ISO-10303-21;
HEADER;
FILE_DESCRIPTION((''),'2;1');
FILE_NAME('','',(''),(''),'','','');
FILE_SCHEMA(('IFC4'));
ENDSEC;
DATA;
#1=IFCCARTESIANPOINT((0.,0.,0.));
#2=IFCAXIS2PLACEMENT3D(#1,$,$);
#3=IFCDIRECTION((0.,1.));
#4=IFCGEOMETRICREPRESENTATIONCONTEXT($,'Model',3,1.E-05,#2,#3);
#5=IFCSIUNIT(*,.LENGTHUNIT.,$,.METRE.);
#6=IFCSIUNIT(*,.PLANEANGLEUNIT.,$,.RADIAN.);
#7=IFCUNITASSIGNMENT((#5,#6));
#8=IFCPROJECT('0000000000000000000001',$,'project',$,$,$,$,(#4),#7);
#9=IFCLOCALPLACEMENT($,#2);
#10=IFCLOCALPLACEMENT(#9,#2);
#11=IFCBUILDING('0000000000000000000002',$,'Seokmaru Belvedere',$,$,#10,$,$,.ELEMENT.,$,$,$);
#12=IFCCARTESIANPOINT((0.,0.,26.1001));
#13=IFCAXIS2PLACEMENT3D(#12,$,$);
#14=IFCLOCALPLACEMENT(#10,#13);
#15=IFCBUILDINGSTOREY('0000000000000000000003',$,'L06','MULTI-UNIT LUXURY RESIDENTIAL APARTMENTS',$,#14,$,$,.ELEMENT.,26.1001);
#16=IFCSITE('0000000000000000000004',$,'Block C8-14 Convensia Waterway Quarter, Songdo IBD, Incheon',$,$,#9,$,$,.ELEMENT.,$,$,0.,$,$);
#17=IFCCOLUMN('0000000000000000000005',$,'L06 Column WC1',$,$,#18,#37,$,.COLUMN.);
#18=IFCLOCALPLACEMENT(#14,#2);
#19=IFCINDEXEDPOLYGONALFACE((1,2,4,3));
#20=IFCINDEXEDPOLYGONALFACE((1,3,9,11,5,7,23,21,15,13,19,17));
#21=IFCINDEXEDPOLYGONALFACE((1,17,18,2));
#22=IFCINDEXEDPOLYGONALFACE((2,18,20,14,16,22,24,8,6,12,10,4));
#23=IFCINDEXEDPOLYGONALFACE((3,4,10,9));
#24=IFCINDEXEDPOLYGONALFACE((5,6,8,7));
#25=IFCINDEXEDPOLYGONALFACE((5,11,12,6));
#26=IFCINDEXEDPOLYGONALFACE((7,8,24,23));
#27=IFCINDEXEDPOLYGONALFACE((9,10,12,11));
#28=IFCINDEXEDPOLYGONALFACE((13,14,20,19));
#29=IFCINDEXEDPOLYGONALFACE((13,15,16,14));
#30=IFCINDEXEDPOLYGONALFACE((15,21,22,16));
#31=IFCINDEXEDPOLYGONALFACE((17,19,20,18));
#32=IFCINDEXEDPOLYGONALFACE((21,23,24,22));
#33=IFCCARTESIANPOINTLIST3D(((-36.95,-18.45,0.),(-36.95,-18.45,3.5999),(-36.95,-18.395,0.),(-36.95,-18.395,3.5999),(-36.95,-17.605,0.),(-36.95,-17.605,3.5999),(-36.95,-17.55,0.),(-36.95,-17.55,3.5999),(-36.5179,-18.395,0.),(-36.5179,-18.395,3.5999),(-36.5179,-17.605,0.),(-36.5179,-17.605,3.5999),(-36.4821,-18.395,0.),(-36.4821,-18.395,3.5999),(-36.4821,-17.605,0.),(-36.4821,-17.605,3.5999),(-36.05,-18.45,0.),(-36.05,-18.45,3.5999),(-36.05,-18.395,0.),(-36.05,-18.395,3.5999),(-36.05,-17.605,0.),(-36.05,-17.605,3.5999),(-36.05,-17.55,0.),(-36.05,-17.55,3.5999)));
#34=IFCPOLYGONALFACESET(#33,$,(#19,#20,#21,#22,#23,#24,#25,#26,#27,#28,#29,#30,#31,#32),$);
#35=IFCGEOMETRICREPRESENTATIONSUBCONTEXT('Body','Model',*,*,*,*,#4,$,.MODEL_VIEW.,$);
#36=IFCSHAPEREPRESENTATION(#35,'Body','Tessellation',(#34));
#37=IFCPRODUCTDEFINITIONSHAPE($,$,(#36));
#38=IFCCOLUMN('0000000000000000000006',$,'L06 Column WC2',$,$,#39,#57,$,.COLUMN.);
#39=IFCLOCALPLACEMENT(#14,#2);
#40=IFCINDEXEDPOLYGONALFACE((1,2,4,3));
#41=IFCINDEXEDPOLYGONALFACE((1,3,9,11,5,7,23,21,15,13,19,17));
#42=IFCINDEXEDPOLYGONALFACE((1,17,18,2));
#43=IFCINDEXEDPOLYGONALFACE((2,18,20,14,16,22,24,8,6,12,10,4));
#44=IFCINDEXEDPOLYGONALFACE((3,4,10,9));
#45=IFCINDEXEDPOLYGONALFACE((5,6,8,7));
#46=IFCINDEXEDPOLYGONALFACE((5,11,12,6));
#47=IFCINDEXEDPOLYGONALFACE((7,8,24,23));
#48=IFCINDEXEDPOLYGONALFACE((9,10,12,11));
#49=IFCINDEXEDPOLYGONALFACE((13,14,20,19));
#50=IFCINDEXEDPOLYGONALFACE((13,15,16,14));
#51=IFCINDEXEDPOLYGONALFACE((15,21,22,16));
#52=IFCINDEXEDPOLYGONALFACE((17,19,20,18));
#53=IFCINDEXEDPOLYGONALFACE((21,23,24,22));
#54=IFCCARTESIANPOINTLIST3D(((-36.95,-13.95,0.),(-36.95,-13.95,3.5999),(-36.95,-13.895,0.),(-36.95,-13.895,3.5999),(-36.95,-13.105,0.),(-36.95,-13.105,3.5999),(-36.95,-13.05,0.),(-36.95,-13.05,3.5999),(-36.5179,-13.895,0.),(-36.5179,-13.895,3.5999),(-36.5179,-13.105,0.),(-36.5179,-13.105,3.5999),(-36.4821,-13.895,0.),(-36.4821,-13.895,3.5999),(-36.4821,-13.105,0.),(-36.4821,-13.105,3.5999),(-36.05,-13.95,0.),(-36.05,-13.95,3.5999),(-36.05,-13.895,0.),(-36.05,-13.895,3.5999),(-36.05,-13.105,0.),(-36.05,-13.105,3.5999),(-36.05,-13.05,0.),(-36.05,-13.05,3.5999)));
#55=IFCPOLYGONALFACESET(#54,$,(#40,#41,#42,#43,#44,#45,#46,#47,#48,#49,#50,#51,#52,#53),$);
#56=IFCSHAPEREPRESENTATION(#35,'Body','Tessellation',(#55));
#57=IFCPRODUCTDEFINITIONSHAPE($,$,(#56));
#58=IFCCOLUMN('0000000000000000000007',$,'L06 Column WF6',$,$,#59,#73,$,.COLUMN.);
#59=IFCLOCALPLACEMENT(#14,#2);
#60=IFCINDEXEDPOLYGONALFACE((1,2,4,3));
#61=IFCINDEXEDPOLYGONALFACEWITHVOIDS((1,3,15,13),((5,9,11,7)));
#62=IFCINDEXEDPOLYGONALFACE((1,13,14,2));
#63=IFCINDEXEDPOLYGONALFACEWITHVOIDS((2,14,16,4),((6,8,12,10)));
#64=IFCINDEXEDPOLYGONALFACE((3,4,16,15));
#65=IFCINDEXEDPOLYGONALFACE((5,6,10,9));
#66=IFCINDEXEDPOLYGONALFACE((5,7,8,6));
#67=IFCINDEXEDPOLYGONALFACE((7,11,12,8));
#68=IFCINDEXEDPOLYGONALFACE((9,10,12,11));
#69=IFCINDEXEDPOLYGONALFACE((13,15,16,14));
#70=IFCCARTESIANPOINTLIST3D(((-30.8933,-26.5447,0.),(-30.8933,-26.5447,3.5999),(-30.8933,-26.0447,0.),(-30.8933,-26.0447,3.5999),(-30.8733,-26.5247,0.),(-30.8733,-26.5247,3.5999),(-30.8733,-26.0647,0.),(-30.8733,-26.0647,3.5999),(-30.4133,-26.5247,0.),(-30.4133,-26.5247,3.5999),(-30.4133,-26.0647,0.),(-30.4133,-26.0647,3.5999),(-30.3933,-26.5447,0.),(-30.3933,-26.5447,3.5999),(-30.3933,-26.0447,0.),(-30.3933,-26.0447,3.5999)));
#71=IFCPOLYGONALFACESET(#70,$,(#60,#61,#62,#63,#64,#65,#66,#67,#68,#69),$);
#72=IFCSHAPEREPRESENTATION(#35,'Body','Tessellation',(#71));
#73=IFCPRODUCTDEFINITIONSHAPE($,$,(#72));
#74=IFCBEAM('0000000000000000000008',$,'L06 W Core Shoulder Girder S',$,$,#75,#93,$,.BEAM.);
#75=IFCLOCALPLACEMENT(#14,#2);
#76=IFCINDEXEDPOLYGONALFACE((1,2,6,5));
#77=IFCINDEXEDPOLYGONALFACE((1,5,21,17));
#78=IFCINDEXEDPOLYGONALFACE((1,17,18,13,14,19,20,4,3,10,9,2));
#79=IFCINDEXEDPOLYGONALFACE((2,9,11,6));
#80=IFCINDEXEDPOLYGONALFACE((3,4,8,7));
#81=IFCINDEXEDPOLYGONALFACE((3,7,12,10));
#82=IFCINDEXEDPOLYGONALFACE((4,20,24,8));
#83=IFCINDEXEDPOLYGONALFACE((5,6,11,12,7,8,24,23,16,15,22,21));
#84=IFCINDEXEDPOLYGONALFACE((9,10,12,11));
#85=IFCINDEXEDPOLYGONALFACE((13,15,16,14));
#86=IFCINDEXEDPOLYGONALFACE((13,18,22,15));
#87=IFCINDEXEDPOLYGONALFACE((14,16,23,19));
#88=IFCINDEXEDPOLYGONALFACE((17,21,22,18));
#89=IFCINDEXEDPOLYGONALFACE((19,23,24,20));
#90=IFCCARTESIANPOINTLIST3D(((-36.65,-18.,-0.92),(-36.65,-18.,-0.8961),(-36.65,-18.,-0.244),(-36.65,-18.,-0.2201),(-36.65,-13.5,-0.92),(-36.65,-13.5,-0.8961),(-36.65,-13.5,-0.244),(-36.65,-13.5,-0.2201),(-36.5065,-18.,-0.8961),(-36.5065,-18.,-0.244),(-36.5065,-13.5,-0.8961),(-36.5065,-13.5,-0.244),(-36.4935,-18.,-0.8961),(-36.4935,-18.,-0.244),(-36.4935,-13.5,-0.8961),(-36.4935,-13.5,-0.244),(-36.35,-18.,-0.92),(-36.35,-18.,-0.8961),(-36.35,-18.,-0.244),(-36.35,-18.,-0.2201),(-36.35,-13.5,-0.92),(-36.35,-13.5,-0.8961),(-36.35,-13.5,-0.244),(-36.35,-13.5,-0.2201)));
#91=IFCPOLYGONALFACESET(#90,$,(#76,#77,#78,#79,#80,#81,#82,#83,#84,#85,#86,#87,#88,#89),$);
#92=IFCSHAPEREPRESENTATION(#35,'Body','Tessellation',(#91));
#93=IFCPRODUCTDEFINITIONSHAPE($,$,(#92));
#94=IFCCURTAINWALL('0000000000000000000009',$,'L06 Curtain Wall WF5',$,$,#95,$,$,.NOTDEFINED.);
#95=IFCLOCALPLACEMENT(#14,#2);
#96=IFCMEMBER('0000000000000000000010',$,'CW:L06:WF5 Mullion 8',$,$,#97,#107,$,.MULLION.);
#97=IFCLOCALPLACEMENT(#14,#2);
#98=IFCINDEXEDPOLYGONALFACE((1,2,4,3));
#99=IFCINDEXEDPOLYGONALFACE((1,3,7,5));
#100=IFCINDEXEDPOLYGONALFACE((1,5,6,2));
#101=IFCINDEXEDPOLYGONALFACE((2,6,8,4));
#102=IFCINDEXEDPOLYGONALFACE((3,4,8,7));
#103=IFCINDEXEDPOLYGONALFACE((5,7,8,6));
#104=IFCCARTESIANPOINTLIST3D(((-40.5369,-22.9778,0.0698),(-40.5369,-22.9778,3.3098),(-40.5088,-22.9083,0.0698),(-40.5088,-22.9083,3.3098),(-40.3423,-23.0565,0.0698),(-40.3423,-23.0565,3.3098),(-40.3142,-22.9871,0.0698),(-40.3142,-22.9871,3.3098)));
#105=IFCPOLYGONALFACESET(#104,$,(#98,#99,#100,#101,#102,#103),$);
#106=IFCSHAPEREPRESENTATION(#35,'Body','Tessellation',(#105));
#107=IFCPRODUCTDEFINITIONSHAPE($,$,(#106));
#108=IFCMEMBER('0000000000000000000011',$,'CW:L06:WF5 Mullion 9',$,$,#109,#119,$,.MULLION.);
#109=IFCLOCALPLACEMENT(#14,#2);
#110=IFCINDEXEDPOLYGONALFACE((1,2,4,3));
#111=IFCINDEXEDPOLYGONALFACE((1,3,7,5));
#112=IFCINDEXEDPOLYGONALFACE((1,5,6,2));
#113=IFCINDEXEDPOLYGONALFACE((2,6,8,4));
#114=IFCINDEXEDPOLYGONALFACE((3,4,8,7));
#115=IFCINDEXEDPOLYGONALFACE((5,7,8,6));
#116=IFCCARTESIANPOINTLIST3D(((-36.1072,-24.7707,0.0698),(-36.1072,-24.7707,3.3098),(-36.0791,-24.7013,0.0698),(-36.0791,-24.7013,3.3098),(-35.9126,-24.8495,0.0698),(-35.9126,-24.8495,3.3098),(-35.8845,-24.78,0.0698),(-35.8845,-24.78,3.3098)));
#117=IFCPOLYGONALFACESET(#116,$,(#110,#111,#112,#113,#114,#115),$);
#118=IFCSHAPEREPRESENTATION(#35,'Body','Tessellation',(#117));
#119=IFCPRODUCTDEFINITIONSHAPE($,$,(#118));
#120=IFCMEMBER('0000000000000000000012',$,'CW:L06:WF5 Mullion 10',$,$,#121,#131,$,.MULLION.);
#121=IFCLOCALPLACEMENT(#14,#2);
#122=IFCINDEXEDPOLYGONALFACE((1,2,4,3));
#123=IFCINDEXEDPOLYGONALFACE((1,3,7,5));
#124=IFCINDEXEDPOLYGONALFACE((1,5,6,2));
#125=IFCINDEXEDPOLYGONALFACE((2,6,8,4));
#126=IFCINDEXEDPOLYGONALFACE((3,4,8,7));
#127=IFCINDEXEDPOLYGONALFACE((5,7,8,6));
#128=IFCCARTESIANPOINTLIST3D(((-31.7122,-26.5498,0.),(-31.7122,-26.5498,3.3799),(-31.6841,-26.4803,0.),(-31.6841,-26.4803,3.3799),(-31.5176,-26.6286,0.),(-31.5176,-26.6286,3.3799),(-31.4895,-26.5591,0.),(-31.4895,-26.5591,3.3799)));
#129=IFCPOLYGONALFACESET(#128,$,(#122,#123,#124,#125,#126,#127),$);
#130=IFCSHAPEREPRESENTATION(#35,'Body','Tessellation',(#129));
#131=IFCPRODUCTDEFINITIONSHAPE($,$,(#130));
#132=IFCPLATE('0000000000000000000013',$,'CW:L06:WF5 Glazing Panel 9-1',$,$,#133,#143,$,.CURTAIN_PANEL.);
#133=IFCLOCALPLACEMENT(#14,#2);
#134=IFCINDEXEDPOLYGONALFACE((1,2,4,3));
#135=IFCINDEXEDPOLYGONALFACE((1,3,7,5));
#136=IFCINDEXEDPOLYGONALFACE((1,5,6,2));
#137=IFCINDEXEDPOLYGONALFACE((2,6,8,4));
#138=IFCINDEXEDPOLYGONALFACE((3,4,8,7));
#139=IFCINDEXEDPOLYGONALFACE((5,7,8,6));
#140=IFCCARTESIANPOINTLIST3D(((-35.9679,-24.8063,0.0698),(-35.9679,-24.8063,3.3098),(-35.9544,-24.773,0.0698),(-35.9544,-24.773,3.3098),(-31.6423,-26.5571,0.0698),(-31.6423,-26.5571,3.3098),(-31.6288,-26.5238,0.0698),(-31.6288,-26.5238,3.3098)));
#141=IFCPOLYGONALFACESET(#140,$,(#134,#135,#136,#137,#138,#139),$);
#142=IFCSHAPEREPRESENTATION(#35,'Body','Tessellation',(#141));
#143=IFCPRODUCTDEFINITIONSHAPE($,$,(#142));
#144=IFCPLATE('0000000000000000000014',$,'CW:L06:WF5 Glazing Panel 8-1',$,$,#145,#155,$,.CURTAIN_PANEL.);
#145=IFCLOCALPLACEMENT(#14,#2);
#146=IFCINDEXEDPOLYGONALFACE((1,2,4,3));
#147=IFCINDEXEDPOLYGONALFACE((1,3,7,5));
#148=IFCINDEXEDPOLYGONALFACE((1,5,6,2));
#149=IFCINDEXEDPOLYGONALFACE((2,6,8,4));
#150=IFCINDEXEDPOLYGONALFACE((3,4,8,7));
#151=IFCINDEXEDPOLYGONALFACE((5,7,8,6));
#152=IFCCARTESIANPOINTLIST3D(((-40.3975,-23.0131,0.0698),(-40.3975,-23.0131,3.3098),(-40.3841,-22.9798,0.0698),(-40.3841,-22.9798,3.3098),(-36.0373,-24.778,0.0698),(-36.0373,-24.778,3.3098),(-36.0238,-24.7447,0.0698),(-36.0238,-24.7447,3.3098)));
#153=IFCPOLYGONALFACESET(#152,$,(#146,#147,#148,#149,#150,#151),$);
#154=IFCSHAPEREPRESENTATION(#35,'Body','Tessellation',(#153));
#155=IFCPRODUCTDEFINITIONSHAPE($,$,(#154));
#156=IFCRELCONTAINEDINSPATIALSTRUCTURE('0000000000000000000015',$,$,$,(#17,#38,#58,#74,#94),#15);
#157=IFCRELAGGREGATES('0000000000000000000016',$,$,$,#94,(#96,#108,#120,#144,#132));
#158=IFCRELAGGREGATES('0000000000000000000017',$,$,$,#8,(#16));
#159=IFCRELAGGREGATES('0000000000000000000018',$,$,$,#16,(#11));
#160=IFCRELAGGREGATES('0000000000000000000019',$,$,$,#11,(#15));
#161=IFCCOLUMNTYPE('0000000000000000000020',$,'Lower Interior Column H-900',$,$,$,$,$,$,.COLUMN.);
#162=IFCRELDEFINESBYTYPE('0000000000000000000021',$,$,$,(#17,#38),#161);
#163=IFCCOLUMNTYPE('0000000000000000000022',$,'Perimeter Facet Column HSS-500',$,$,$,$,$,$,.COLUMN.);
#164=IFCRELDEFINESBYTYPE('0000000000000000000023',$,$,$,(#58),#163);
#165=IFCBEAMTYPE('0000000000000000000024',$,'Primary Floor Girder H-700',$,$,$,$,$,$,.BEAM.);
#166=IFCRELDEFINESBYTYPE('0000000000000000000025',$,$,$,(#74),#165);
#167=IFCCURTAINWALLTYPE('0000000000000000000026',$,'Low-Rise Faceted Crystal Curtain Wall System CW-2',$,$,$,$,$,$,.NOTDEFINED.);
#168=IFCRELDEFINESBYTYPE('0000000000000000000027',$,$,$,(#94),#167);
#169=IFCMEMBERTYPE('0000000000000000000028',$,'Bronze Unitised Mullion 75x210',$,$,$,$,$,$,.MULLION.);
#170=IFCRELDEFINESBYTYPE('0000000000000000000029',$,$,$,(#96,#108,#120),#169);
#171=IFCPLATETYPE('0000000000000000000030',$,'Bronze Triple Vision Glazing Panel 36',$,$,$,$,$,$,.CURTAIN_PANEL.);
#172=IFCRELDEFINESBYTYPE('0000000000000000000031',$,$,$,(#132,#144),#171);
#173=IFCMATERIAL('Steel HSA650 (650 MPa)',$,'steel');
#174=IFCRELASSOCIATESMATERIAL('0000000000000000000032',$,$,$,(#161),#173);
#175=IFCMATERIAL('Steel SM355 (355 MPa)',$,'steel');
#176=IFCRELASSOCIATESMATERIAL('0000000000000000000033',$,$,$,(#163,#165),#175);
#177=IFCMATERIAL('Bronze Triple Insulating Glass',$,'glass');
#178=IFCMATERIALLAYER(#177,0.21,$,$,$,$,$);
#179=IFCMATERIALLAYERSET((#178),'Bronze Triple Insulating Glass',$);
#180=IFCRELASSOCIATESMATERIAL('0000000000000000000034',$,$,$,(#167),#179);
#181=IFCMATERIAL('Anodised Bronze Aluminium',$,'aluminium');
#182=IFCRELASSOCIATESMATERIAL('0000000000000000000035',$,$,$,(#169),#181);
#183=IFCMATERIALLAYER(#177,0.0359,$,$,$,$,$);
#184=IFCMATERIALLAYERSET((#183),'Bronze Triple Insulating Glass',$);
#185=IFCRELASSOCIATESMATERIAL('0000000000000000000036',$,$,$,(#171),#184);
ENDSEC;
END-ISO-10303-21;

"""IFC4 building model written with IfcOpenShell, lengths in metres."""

from ifc_helpers import new_model, si_unit, direction, frame, origin, origin_2d, place, context, subcontext, project, spatial, rectangle, hollow_rectangle, i_section, extrude, source, transform, mapped, material, layer, layer_set, material_profile, profile_set, type_object, type_shapes, element, aggregate, save


model = new_model("IFC4")

# Units and contexts
model_context = context("Model", 3, precision=1e-05, world=origin(), true_north=direction((0.0, 1.0)))
body_context = subcontext(model_context, "Body", "Model", "MODEL_VIEW")
ifc_project = project(units=[si_unit("LENGTHUNIT", "METRE"), si_unit("PLANEANGLEUNIT", "RADIAN")], contexts=[model_context])

# Site, building, storey
site_placement = place(None, origin())
site = spatial("IfcSite", under=ifc_project, at=site_placement, Name="Block C8-14 Convensia Waterway Quarter, Songdo IBD, Incheon", CompositionType="ELEMENT", RefElevation=0.0)
building_placement = place(site_placement, origin())
building = spatial("IfcBuilding", under=site, at=building_placement, Name="Seokmaru Belvedere", CompositionType="ELEMENT")
storey_placement = place(building_placement, frame((0.0, 0.0, 26.1001)))
storey = spatial("IfcBuildingStorey", under=building, at=storey_placement, Name="L06", Description="MULTI-UNIT LUXURY RESIDENTIAL APARTMENTS", CompositionType="ELEMENT", Elevation=26.1001)

# Columns
ifc_material_1 = material(Name="Steel HSA650 (650 MPa)", Category="steel")
ifc_material_profile_1 = material_profile(ifc_material_1, i_section(OverallWidth=0.8999, OverallDepth=0.8999, WebThickness=0.0359, FlangeThickness=0.0549, at=origin_2d()), Name="H-900x900x36x55")
ifc_profile_set_1 = profile_set([ifc_material_profile_1], Name="Steel HSA650 (650 MPa)")
column_type_1 = type_object("IfcColumnType", Name="Lower Interior Column H-900", PredefinedType="COLUMN", material=ifc_profile_set_1)
shared_shape_1 = source(origin(), body_context, "Body", "SweptSolid", [
    extrude(i_section(OverallWidth=0.8999, OverallDepth=0.8999, WebThickness=0.0359, FlangeThickness=0.0549, at=origin_2d()), origin(), (0.0, 0.0, 1.0), 3.5999),
])
type_shapes(column_type_1, [shared_shape_1])
for number, where, z_axis, x_axis, name in (
    (1, (-36.5, -18.0, 0.0), (0.0, 0.0, 1.0), (1.0, 0.0, 0.0), "L06 Column WC1"),
    (2, (-36.5, -13.5, 0.0), (0.0, 0.0, 1.0), (1.0, 0.0, 0.0), "L06 Column WC2"),
):
    element("IfcColumn", number, at=place(storey_placement, frame(where, z_axis=z_axis, x_axis=x_axis)), inside=storey, type_object=column_type_1, Name=name, PredefinedType="COLUMN", context=body_context, shape_type="MappedRepresentation", body=[
        mapped(shared_shape_1, transform((0.0, 0.0, 0.0), scale=1.0)),
    ])
ifc_material_2 = material(Name="Steel SM355 (355 MPa)", Category="steel")
ifc_material_profile_2 = material_profile(ifc_material_2, hollow_rectangle(XDim=0.5, YDim=0.5, WallThickness=0.02, at=origin_2d()), Name="HSS-500x500x20")
ifc_profile_set_2 = profile_set([ifc_material_profile_2], Name="Steel SM355 (355 MPa)")
column_type_2 = type_object("IfcColumnType", Name="Perimeter Facet Column HSS-500", PredefinedType="COLUMN", material=ifc_profile_set_2)
shared_shape_2 = source(origin(), body_context, "Body", "SweptSolid", [
    extrude(hollow_rectangle(XDim=0.5, YDim=0.5, WallThickness=0.02, at=origin_2d()), origin(), (0.0, 0.0, 1.0), 3.5999),
])
type_shapes(column_type_2, [shared_shape_2])
column_placement = place(storey_placement, frame((-30.6433, -26.2947, 0.0), z_axis=(0.0, 0.0, 1.0), x_axis=(1.0, 0.0, 0.0)))
element("IfcColumn", 3, at=column_placement, inside=storey, type_object=column_type_2, Name="L06 Column WF6", PredefinedType="COLUMN", context=body_context, shape_type="MappedRepresentation", body=[
    mapped(shared_shape_2, transform((0.0, 0.0, 0.0), scale=1.0)),
])

# Beam
ifc_material_profile_3 = material_profile(ifc_material_2, i_section(OverallWidth=0.3, OverallDepth=0.7, WebThickness=0.0129, FlangeThickness=0.0239, at=origin_2d()), Name="H-700x300x13x24")
ifc_profile_set_3 = profile_set([ifc_material_profile_3], Name="Steel SM355 (355 MPa)")
beam_type = type_object("IfcBeamType", Name="Primary Floor Girder H-700", PredefinedType="BEAM", material=ifc_profile_set_3)
shared_shape_3 = source(origin(), body_context, "Body", "SweptSolid", [
    extrude(i_section(OverallWidth=0.3, OverallDepth=0.7, WebThickness=0.0129, FlangeThickness=0.0239, at=origin_2d()), origin(), (0.0, 0.0, 1.0), 4.5),
])
type_shapes(beam_type, [shared_shape_3])
beam_placement = place(storey_placement, frame((-36.5, -18.0, -0.5701), z_axis=(0.0, 1.0, 0.0), x_axis=(-1.0, 0.0, 0.0)))
element("IfcBeam", 4, at=beam_placement, inside=storey, type_object=beam_type, Name="L06 W Core Shoulder Girder S", PredefinedType="BEAM", context=body_context, shape_type="MappedRepresentation", body=[
    mapped(shared_shape_3, transform((0.0, 0.0, 0.0), scale=1.0)),
])

# Curtain wall, members, plates
ifc_material_3 = material(Name="Bronze Triple Insulating Glass", Category="glass")
ifc_layer_1 = layer(ifc_material_3, 0.21)
ifc_layer_set_1 = layer_set([ifc_layer_1], Name="Bronze Triple Insulating Glass")
curtain_wall_type = type_object("IfcCurtainWallType", Name="Low-Rise Faceted Crystal Curtain Wall System CW-2", PredefinedType="NOTDEFINED", material=ifc_layer_set_1)
curtain_wall_placement = place(storey_placement, origin())
curtain_wall = element("IfcCurtainWall", 5, at=curtain_wall_placement, inside=storey, type_object=curtain_wall_type, Name="L06 Curtain Wall WF5", PredefinedType="NOTDEFINED")
ifc_material_4 = material(Name="Anodised Bronze Aluminium", Category="aluminium")
ifc_material_profile_4 = material_profile(ifc_material_4, rectangle(XDim=0.075, YDim=0.21, at=origin_2d()), Name="CW-M-75x210")
ifc_profile_set_4 = profile_set([ifc_material_profile_4], Name="Anodised Bronze Aluminium")
member_type = type_object("IfcMemberType", Name="Bronze Unitised Mullion 75x210", PredefinedType="MULLION", material=ifc_profile_set_4)
shared_shape_4 = source(origin(), body_context, "Body", "SweptSolid", [
    extrude(rectangle(XDim=0.075, YDim=0.21, at=origin_2d()), origin(), (0.0, 0.0, 1.0), 3.24),
])
member_1_placement = place(storey_placement, frame((-40.4255, -22.9824, 0.0698), z_axis=(0.0, 0.0, 1.0), x_axis=(0.375192, 0.926947, 0.0)))
member_1 = element("IfcMember", 6, at=member_1_placement, type_object=member_type, Name="CW:L06:WF5 Mullion 8", PredefinedType="MULLION", context=body_context, shape_type="MappedRepresentation", body=[
    mapped(shared_shape_4, transform((0.0, 0.0, 0.0), scale=1.0)),
])
member_2_placement = place(storey_placement, frame((-35.9958, -24.7754, 0.0698), z_axis=(0.0, 0.0, 1.0), x_axis=(0.375192, 0.926947, 0.0)))
member_2 = element("IfcMember", 7, at=member_2_placement, type_object=member_type, Name="CW:L06:WF5 Mullion 9", PredefinedType="MULLION", context=body_context, shape_type="MappedRepresentation", body=[
    mapped(shared_shape_4, transform((0.0, 0.0, 0.0), scale=1.0)),
])
shared_shape_5 = source(origin(), body_context, "Body", "SweptSolid", [
    extrude(rectangle(XDim=0.075, YDim=0.21, at=origin_2d()), origin(), (0.0, 0.0, 1.0), 3.3799),
])
type_shapes(member_type, [shared_shape_4, shared_shape_5])
member_3_placement = place(storey_placement, frame((-31.6008, -26.5544, 0.0), z_axis=(0.0, 0.0, 1.0), x_axis=(0.375192, 0.926947, 0.0)))
member_3 = element("IfcMember", 8, at=member_3_placement, type_object=member_type, Name="CW:L06:WF5 Mullion 10", PredefinedType="MULLION", context=body_context, shape_type="MappedRepresentation", body=[
    mapped(shared_shape_5, transform((0.0, 0.0, 0.0), scale=1.0)),
])
ifc_layer_2 = layer(ifc_material_3, 0.0359)
ifc_layer_set_2 = layer_set([ifc_layer_2], Name="Bronze Triple Insulating Glass")
plate_type = type_object("IfcPlateType", Name="Bronze Triple Vision Glazing Panel 36", PredefinedType="CURTAIN_PANEL", material=ifc_layer_set_2)
shared_shape_6 = source(origin(), body_context, "Body", "SweptSolid", [
    extrude(rectangle(XDim=4.6665, YDim=0.0359, at=origin_2d()), origin(), (0.0, 0.0, 1.0), 3.24),
])
plate_1_placement = place(storey_placement, frame((-33.7983, -25.665, 0.0698), z_axis=(0.0, 0.0, 1.0), x_axis=(0.926947, -0.375192, 0.0)))
plate_1 = element("IfcPlate", 9, at=plate_1_placement, type_object=plate_type, Name="CW:L06:WF5 Glazing Panel 9-1", PredefinedType="CURTAIN_PANEL", context=body_context, shape_type="MappedRepresentation", body=[
    mapped(shared_shape_6, transform((0.0, 0.0, 0.0), scale=1.0)),
])
shared_shape_7 = source(origin(), body_context, "Body", "SweptSolid", [
    extrude(rectangle(XDim=4.7039, YDim=0.0359, at=origin_2d()), origin(), (0.0, 0.0, 1.0), 3.24),
])
type_shapes(plate_type, [shared_shape_6, shared_shape_7])
plate_2_placement = place(storey_placement, frame((-38.2107, -23.8789, 0.0698), z_axis=(0.0, 0.0, 1.0), x_axis=(0.926947, -0.375192, 0.0)))
plate_2 = element("IfcPlate", 10, at=plate_2_placement, type_object=plate_type, Name="CW:L06:WF5 Glazing Panel 8-1", PredefinedType="CURTAIN_PANEL", context=body_context, shape_type="MappedRepresentation", body=[
    mapped(shared_shape_7, transform((0.0, 0.0, 0.0), scale=1.0)),
])
aggregate(curtain_wall, [member_1, member_2, member_3, plate_2, plate_1])

save(model, "model.ifc")
